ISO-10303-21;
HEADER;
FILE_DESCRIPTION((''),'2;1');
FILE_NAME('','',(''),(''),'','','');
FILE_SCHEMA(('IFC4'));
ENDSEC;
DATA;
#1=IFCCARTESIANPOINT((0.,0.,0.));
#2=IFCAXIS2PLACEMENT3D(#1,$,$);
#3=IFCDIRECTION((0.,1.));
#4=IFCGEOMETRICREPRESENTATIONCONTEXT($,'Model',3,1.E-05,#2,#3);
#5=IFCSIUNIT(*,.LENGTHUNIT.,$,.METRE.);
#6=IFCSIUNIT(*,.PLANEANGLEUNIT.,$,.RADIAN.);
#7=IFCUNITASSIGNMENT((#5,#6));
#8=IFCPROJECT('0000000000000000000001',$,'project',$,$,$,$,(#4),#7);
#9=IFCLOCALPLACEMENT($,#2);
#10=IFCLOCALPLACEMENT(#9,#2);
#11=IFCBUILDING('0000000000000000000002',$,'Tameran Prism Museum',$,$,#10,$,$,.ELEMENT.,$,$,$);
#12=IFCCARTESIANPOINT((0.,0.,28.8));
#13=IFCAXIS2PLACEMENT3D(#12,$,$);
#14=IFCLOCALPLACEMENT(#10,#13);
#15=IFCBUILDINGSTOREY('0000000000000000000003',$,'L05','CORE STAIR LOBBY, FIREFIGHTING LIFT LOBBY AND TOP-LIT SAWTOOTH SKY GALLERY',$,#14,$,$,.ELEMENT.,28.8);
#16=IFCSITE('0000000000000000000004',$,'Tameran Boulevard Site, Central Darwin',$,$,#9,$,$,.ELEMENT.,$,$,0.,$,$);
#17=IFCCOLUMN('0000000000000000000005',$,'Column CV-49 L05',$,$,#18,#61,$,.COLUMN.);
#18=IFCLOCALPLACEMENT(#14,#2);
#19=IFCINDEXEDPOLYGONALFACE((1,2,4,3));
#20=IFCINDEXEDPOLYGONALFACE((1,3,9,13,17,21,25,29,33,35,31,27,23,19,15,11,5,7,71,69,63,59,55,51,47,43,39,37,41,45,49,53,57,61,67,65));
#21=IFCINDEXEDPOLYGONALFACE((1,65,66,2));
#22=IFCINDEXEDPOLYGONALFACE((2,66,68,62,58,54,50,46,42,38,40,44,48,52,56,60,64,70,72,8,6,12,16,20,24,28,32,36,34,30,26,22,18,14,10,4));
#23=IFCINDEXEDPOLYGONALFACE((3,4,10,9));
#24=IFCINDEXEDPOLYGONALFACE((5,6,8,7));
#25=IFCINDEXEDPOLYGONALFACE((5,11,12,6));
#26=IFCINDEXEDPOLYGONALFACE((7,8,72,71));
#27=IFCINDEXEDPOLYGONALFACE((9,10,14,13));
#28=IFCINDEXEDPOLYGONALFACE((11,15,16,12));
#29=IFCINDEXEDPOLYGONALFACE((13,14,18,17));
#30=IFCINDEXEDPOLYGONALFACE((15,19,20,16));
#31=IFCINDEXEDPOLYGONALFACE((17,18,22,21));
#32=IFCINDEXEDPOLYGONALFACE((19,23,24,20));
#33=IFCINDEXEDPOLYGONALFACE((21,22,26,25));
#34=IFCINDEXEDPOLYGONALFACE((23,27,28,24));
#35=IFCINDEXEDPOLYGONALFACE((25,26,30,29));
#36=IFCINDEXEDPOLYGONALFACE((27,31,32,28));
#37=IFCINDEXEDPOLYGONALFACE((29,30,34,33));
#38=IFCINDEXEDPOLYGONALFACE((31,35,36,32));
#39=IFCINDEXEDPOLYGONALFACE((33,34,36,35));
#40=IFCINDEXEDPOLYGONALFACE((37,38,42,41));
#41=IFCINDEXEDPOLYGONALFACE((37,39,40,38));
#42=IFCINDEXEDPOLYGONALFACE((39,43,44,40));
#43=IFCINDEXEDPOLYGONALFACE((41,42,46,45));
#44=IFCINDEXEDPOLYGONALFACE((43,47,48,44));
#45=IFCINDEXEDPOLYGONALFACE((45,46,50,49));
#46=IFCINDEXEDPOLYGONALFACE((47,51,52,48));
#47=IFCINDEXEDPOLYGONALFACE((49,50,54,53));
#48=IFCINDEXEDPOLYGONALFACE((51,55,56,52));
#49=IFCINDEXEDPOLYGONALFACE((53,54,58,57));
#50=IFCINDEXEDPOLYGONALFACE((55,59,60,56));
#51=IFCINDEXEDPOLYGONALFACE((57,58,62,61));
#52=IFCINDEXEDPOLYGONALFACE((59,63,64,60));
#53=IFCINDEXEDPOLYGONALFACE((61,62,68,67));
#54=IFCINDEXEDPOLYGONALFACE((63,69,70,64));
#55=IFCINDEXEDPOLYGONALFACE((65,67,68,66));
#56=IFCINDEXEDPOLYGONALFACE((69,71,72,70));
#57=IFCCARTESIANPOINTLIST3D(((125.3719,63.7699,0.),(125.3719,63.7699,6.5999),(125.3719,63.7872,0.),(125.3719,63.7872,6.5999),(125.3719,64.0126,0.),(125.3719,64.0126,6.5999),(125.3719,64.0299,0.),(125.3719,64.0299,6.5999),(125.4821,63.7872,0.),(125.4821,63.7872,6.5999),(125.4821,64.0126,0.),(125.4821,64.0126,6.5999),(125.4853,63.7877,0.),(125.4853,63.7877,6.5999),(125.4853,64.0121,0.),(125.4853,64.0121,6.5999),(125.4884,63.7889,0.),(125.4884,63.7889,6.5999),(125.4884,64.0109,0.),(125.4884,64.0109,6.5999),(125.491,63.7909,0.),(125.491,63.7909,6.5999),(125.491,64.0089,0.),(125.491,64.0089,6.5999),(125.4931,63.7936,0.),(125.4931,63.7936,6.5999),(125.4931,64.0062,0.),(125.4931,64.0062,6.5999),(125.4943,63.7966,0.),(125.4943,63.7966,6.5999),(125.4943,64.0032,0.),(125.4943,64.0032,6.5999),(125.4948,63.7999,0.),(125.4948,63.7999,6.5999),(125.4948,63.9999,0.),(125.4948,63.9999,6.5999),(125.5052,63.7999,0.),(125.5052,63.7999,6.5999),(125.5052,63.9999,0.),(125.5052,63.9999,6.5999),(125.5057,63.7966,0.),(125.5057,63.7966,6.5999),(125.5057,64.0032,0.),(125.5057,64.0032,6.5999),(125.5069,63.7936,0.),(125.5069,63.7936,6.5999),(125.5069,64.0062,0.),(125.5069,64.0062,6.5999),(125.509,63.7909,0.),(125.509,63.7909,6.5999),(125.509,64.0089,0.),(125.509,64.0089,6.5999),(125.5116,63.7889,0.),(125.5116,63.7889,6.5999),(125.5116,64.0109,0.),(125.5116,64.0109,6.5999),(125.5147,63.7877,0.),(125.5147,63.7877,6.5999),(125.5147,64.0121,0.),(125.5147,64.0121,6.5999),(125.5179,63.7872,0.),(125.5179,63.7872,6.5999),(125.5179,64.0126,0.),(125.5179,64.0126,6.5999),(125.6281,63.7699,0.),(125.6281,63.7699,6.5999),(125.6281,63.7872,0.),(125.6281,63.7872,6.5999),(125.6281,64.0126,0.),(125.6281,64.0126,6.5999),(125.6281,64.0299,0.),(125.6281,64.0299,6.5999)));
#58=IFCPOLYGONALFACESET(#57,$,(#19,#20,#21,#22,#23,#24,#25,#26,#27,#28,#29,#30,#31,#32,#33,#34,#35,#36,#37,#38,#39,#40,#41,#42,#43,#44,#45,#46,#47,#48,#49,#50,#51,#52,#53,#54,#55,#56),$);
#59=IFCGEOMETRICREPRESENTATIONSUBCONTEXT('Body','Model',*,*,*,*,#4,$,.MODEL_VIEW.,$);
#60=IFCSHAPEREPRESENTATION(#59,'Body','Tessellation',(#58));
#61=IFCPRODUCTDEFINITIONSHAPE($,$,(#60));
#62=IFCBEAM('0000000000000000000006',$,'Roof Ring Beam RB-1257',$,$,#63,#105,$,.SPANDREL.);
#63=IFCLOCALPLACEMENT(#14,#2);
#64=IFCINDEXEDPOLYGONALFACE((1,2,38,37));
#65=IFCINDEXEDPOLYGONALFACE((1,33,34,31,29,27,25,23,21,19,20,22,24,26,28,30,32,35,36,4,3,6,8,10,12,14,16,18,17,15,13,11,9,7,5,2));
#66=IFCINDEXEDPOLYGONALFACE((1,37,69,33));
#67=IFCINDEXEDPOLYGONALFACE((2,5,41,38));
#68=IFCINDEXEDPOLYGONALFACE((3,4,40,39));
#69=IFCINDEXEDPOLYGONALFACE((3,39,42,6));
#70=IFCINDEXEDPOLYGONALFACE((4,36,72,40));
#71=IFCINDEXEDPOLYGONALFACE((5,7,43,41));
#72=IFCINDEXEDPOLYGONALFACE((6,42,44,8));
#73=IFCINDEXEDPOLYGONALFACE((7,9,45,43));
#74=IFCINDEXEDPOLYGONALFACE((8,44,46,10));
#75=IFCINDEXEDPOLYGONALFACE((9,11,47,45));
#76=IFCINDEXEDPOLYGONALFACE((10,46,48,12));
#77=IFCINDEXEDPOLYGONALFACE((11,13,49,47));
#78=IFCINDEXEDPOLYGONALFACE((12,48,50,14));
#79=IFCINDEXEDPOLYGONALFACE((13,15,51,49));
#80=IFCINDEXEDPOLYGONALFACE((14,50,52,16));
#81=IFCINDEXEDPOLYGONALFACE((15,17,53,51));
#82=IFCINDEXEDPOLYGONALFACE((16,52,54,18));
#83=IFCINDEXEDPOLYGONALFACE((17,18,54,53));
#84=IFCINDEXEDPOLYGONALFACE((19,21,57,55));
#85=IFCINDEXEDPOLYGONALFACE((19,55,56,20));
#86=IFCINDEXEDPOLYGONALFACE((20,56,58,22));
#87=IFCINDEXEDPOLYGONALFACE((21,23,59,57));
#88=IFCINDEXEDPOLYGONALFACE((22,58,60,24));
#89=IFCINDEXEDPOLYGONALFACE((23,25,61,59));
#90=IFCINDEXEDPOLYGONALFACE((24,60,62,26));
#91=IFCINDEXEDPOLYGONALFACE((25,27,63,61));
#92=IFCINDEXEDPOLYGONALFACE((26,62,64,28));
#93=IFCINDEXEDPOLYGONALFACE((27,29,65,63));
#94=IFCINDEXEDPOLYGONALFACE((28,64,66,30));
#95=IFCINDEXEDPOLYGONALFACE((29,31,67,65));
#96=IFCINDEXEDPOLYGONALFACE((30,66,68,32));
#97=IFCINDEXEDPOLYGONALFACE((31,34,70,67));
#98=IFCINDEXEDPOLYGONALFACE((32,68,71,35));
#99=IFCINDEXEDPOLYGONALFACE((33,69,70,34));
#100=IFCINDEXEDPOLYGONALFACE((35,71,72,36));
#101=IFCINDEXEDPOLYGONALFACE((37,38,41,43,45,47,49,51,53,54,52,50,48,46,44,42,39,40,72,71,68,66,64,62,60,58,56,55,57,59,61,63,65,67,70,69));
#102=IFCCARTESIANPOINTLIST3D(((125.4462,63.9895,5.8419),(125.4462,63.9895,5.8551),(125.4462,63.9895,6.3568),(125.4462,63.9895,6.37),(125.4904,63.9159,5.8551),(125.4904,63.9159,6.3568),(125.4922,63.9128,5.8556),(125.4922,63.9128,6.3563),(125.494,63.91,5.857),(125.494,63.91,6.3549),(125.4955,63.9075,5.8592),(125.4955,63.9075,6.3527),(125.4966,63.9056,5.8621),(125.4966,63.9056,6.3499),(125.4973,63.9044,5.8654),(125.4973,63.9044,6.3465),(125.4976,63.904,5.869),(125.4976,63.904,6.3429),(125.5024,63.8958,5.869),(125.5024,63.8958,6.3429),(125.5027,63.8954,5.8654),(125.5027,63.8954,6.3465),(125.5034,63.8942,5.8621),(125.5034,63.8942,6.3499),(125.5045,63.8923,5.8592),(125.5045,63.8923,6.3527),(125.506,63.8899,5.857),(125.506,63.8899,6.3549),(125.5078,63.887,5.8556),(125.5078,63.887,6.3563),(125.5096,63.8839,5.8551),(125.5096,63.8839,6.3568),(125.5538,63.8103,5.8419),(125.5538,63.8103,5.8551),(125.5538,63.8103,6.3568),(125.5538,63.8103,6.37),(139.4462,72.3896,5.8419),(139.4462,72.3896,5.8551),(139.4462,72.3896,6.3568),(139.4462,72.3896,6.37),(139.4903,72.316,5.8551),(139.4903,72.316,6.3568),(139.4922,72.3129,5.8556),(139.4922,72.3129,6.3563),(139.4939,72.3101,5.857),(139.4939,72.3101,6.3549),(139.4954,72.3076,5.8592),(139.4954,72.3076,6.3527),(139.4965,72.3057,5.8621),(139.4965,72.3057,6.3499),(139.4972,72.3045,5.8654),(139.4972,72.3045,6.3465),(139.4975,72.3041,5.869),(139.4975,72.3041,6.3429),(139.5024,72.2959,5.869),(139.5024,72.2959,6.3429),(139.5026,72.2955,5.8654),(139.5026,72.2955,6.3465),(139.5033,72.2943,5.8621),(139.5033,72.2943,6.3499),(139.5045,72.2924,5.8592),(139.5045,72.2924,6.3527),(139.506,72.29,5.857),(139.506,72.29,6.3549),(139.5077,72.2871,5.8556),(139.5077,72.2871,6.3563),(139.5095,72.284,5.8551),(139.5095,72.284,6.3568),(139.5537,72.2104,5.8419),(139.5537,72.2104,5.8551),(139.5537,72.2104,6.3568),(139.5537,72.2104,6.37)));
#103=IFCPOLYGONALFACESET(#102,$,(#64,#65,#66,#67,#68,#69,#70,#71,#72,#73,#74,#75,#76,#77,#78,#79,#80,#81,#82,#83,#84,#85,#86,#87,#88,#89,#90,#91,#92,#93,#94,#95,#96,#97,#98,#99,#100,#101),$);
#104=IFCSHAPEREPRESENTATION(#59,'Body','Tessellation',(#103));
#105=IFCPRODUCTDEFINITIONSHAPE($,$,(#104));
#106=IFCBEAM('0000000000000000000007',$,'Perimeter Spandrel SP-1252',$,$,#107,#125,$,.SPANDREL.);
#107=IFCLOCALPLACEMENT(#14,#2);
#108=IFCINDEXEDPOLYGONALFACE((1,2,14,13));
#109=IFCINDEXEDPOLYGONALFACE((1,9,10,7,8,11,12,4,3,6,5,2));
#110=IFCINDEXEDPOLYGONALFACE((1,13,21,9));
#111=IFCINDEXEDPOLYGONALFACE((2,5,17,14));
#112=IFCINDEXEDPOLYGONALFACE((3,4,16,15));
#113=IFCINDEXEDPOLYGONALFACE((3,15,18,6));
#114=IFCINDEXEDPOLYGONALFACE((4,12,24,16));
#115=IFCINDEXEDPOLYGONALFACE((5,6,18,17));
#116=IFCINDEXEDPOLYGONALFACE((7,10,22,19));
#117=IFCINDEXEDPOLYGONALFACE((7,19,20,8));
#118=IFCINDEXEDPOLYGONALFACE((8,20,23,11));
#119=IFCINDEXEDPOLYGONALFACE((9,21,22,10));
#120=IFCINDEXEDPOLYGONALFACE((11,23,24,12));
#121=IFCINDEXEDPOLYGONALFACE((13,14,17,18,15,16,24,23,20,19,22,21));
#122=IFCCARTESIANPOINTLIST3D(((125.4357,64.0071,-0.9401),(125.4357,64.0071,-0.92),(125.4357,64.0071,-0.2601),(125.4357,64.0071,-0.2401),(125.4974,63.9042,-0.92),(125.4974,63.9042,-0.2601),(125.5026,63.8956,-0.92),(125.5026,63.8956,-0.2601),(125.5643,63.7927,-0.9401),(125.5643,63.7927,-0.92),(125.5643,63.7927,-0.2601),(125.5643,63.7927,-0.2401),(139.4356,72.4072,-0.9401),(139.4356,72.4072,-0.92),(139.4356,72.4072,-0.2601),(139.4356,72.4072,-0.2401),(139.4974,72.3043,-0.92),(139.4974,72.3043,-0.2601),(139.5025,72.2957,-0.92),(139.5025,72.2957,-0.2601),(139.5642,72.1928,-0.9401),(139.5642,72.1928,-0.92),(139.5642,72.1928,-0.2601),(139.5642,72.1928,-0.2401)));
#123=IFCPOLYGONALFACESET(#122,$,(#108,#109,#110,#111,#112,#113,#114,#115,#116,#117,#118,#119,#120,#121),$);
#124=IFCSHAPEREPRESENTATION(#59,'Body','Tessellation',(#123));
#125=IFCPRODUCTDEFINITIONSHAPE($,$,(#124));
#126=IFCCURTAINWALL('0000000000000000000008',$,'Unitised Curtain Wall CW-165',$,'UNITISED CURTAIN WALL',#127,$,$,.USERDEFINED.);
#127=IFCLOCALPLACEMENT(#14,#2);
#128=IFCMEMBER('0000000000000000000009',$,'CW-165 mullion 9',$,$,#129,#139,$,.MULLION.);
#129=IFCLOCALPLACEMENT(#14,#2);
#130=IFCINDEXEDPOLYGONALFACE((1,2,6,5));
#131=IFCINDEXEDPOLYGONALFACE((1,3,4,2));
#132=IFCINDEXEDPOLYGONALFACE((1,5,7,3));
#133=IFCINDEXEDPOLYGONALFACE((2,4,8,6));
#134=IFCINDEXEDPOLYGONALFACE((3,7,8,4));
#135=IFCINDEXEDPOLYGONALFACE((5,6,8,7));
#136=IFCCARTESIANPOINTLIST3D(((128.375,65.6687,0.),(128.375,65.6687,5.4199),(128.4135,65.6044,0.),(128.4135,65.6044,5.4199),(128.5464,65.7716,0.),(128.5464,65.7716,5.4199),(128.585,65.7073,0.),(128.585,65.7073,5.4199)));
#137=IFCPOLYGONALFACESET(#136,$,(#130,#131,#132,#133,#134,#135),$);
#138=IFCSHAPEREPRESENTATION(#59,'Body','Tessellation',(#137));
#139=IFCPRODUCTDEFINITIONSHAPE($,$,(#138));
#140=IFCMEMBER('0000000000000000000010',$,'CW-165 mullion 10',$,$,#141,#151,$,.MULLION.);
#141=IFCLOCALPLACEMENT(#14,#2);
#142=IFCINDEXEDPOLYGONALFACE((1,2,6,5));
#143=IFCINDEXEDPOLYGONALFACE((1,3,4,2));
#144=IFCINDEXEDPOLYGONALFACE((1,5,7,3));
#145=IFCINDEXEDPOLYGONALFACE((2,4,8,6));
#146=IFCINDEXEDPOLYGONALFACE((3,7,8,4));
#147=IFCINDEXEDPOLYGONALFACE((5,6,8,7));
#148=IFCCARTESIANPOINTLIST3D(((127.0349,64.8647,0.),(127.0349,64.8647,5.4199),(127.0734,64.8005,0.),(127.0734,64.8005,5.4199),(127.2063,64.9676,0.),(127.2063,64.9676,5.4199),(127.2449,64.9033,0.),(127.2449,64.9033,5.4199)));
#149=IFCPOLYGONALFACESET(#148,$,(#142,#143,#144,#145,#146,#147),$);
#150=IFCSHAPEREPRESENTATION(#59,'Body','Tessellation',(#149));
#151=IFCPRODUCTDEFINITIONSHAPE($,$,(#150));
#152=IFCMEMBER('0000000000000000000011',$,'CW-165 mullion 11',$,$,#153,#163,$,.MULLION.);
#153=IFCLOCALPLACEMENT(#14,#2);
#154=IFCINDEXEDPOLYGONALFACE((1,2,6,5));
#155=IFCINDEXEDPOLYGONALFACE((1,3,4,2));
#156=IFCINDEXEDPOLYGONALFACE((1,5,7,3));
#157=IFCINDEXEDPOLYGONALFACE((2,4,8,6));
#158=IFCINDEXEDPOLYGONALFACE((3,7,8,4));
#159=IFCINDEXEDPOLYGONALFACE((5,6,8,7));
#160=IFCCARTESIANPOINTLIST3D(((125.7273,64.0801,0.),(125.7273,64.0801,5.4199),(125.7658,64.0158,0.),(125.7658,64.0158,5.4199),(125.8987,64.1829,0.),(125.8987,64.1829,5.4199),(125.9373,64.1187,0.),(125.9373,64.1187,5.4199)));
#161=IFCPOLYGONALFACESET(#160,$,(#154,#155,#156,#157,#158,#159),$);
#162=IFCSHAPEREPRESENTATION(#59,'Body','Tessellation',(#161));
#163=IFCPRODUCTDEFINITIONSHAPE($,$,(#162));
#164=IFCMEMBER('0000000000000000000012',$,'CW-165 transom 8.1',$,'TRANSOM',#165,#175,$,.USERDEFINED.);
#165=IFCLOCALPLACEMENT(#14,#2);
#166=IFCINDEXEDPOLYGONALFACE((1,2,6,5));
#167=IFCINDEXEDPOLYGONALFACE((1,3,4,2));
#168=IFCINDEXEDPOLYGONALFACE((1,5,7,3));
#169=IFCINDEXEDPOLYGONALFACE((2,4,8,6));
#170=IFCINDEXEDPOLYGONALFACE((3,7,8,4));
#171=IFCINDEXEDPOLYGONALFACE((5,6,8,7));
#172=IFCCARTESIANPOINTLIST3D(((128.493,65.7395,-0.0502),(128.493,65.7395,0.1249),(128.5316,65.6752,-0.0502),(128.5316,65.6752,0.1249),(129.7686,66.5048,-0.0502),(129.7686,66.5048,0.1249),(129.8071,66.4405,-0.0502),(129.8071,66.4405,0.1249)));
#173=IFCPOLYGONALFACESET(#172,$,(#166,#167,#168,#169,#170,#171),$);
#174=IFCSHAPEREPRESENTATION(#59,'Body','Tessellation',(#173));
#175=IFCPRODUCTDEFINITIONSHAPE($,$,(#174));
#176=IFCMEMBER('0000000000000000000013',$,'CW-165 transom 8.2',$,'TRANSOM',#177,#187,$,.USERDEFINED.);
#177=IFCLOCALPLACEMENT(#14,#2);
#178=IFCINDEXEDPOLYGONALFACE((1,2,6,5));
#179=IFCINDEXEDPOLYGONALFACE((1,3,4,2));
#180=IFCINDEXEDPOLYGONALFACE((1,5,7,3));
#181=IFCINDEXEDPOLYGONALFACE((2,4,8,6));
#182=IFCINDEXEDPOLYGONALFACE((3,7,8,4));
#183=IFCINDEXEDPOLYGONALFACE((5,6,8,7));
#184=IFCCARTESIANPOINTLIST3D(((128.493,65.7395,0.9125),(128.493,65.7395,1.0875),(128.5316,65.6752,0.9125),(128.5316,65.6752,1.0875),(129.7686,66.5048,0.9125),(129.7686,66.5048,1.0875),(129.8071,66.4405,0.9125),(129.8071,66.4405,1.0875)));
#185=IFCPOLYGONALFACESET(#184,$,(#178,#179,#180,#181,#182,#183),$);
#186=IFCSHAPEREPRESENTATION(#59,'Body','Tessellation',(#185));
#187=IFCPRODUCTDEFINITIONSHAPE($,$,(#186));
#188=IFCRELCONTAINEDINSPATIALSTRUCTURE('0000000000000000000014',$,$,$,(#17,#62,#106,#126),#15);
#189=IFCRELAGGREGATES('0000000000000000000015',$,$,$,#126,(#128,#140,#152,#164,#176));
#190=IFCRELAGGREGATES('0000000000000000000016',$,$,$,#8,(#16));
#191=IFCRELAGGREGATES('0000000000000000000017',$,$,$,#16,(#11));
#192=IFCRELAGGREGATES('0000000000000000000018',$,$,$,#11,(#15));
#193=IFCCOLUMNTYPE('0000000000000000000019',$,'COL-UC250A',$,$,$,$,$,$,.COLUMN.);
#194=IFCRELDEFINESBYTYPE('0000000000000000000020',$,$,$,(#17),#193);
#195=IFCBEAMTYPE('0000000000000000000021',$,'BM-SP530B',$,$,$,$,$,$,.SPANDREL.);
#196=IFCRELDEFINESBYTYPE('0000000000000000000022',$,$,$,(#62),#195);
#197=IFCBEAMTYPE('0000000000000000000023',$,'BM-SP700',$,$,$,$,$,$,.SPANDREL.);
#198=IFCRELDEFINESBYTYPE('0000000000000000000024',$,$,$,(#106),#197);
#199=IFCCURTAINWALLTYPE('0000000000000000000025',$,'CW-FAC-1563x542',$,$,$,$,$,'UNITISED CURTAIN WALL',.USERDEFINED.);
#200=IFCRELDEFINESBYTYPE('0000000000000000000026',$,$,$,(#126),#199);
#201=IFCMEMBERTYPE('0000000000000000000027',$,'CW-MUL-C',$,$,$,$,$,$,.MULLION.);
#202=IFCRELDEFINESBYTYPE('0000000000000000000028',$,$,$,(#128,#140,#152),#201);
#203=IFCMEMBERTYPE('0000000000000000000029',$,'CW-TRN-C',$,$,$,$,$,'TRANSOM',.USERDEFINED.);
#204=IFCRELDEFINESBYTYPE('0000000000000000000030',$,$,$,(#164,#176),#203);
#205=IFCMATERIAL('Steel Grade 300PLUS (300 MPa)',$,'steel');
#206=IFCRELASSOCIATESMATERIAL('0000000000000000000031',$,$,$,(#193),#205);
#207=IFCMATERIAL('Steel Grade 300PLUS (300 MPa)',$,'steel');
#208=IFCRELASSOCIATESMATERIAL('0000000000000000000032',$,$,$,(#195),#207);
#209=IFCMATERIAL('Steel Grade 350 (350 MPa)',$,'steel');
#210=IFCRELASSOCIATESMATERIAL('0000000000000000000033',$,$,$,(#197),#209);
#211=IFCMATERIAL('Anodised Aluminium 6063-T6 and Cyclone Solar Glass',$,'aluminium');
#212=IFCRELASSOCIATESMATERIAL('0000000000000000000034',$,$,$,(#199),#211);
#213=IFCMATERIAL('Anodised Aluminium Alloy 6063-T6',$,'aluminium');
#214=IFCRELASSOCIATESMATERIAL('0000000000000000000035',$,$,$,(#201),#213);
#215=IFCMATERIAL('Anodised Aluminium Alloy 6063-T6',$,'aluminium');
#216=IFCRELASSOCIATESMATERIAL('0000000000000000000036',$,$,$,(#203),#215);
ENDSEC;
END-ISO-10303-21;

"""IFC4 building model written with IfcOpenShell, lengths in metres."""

from ifc_helpers import new_model, si_unit, direction, frame, origin, origin_2d, place, context, subcontext, project, spatial, rectangle, i_section, extrude, material, material_profile, profile_set, type_object, element, aggregate, save


model = new_model("IFC4")

# Units and contexts
model_context = context("Model", 3, precision=1e-05, world=origin(), true_north=direction((0.0, 1.0)))
body_context = subcontext(model_context, "Body", "Model", "MODEL_VIEW")
ifc_project = project(units=[si_unit("LENGTHUNIT", "METRE"), si_unit("PLANEANGLEUNIT", "RADIAN")], contexts=[model_context])

# Site, building, storey
site_placement = place(None, origin())
site = spatial("IfcSite", under=ifc_project, at=site_placement, Name="Tameran Boulevard Site, Central Darwin", CompositionType="ELEMENT", RefElevation=0.0)
building_placement = place(site_placement, origin())
building = spatial("IfcBuilding", under=site, at=building_placement, Name="Tameran Prism Museum", CompositionType="ELEMENT")
storey_placement = place(building_placement, frame((0.0, 0.0, 28.8)))
storey = spatial("IfcBuildingStorey", under=building, at=storey_placement, Name="L05", Description="CORE STAIR LOBBY, FIREFIGHTING LIFT LOBBY AND TOP-LIT SAWTOOTH SKY GALLERY", CompositionType="ELEMENT", Elevation=28.8)

# Column
ifc_material_1 = material(Name="Steel Grade 300PLUS (300 MPa)", Category="steel")
ifc_material_profile_1 = material_profile(ifc_material_1, i_section(OverallWidth=0.2561, OverallDepth=0.26, WebThickness=0.0105, FlangeThickness=0.0173, FilletRadius=0.0127, at=origin_2d()))
ifc_profile_set_1 = profile_set([ifc_material_profile_1])
column_type = type_object("IfcColumnType", Name="COL-UC250A", PredefinedType="COLUMN", material=ifc_profile_set_1)
column_placement = place(storey_placement, frame((125.5, 63.8999, 0.0), z_axis=(0.0, 0.0, 1.0), x_axis=(1.0, 0.0, 0.0)))
element("IfcColumn", 1, at=column_placement, inside=storey, type_object=column_type, Name="Column CV-49 L05", PredefinedType="COLUMN", context=body_context, shape_type="SweptSolid", body=[
    extrude(i_section(OverallWidth=0.2561, OverallDepth=0.26, WebThickness=0.0105, FlangeThickness=0.0173, FilletRadius=0.0127, at=origin_2d()), origin(), (0.0, 0.0, 1.0), 6.5999),
])

# Beams
ifc_material_2 = material(Name="Steel Grade 300PLUS (300 MPa)", Category="steel")
ifc_material_profile_2 = material_profile(ifc_material_2, i_section(OverallWidth=0.209, OverallDepth=0.5281, WebThickness=0.0095, FlangeThickness=0.0132, FilletRadius=0.0139, at=origin_2d()))
ifc_profile_set_2 = profile_set([ifc_material_profile_2])
beam_type_1 = type_object("IfcBeamType", Name="BM-SP530B", PredefinedType="SPANDREL", material=ifc_profile_set_2)
beam_1_placement = place(storey_placement, frame((125.5, 63.8999, 6.106), z_axis=(0.857489, 0.514502, 0.0), x_axis=(-0.514502, 0.857489, 0.0)))
element("IfcBeam", 2, at=beam_1_placement, inside=storey, type_object=beam_type_1, Name="Roof Ring Beam RB-1257", PredefinedType="SPANDREL", context=body_context, shape_type="SweptSolid", body=[
    extrude(i_section(OverallWidth=0.209, OverallDepth=0.5281, WebThickness=0.0095, FlangeThickness=0.0132, FilletRadius=0.0139, at=origin_2d()), origin(), (0.0, 0.0, 1.0), 16.3267),
])
ifc_material_3 = material(Name="Steel Grade 350 (350 MPa)", Category="steel")
ifc_material_profile_3 = material_profile(ifc_material_3, i_section(OverallWidth=0.25, OverallDepth=0.7, WebThickness=0.01, FlangeThickness=0.02, at=origin_2d()))
ifc_profile_set_3 = profile_set([ifc_material_profile_3])
beam_type_2 = type_object("IfcBeamType", Name="BM-SP700", PredefinedType="SPANDREL", material=ifc_profile_set_3)
beam_2_placement = place(storey_placement, frame((125.5, 63.8999, -0.5901), z_axis=(0.857489, 0.514502, 0.0), x_axis=(-0.514502, 0.857489, 0.0)))
element("IfcBeam", 3, at=beam_2_placement, inside=storey, type_object=beam_type_2, Name="Perimeter Spandrel SP-1252", PredefinedType="SPANDREL", context=body_context, shape_type="SweptSolid", body=[
    extrude(i_section(OverallWidth=0.25, OverallDepth=0.7, WebThickness=0.01, FlangeThickness=0.02, at=origin_2d()), origin(), (0.0, 0.0, 1.0), 16.3267),
])

# Curtain wall, members
ifc_material_4 = material(Name="Anodised Aluminium 6063-T6 and Cyclone Solar Glass", Category="aluminium")
curtain_wall_type = type_object("IfcCurtainWallType", Name="CW-FAC-1563x542", ElementType="UNITISED CURTAIN WALL", PredefinedType="USERDEFINED", material=ifc_material_4)
curtain_wall_placement = place(storey_placement, origin())
curtain_wall = element("IfcCurtainWall", 4, at=curtain_wall_placement, inside=storey, type_object=curtain_wall_type, Name="Unitised Curtain Wall CW-165", ObjectType="UNITISED CURTAIN WALL", PredefinedType="USERDEFINED")
ifc_material_5 = material(Name="Anodised Aluminium Alloy 6063-T6", Category="aluminium")
ifc_material_profile_4 = material_profile(ifc_material_5, rectangle(XDim=0.075, YDim=0.2, at=origin_2d()))
ifc_profile_set_4 = profile_set([ifc_material_profile_4])
member_type_1 = type_object("IfcMemberType", Name="CW-MUL-C", PredefinedType="MULLION", material=ifc_profile_set_4)
member_1_placement = place(storey_placement, frame((128.48, 65.688, 0.0), z_axis=(0.0, 0.0, 1.0), x_axis=(0.514496, -0.857493, 0.0)))
member_1 = element("IfcMember", 5, at=member_1_placement, type_object=member_type_1, Name="CW-165 mullion 9", PredefinedType="MULLION", context=body_context, shape_type="SweptSolid", body=[
    extrude(rectangle(XDim=0.075, YDim=0.2, at=origin_2d()), origin(), (0.0, 0.0, 1.0), 5.4199),
])
member_2_placement = place(storey_placement, frame((127.1399, 64.884, 0.0), z_axis=(0.0, 0.0, 1.0), x_axis=(0.514496, -0.857493, 0.0)))
member_2 = element("IfcMember", 6, at=member_2_placement, type_object=member_type_1, Name="CW-165 mullion 10", PredefinedType="MULLION", context=body_context, shape_type="SweptSolid", body=[
    extrude(rectangle(XDim=0.075, YDim=0.2, at=origin_2d()), origin(), (0.0, 0.0, 1.0), 5.4199),
])
member_3_placement = place(storey_placement, frame((125.8323, 64.0994, 0.0), z_axis=(0.0, 0.0, 1.0), x_axis=(0.514496, -0.857493, 0.0)))
member_3 = element("IfcMember", 7, at=member_3_placement, type_object=member_type_1, Name="CW-165 mullion 11", PredefinedType="MULLION", context=body_context, shape_type="SweptSolid", body=[
    extrude(rectangle(XDim=0.075, YDim=0.2, at=origin_2d()), origin(), (0.0, 0.0, 1.0), 5.4199),
])
ifc_material_6 = material(Name="Anodised Aluminium Alloy 6063-T6", Category="aluminium")
ifc_material_profile_5 = material_profile(ifc_material_6, rectangle(XDim=0.075, YDim=0.175, at=origin_2d()))
ifc_profile_set_5 = profile_set([ifc_material_profile_5])
member_type_2 = type_object("IfcMemberType", Name="CW-TRN-C", ElementType="TRANSOM", PredefinedType="USERDEFINED", material=ifc_profile_set_5)
member_4_placement = place(storey_placement, frame((129.7878, 66.4727, 0.0374), z_axis=(-0.857493, -0.514496, 0.0), x_axis=(0.514496, -0.857493, 0.0)))
member_4 = element("IfcMember", 8, at=member_4_placement, type_object=member_type_2, Name="CW-165 transom 8.1", ObjectType="TRANSOM", PredefinedType="USERDEFINED", context=body_context, shape_type="SweptSolid", body=[
    extrude(rectangle(XDim=0.075, YDim=0.175, at=origin_2d()), origin(), (0.0, 0.0, 1.0), 1.4875),
])
member_5_placement = place(storey_placement, frame((129.7878, 66.4727, 1.0), z_axis=(-0.857493, -0.514496, 0.0), x_axis=(0.514496, -0.857493, 0.0)))
member_5 = element("IfcMember", 9, at=member_5_placement, type_object=member_type_2, Name="CW-165 transom 8.2", ObjectType="TRANSOM", PredefinedType="USERDEFINED", context=body_context, shape_type="SweptSolid", body=[
    extrude(rectangle(XDim=0.075, YDim=0.175, at=origin_2d()), origin(), (0.0, 0.0, 1.0), 1.4875),
])
aggregate(curtain_wall, [member_1, member_2, member_3, member_4, member_5])

save(model, "model.ifc")
